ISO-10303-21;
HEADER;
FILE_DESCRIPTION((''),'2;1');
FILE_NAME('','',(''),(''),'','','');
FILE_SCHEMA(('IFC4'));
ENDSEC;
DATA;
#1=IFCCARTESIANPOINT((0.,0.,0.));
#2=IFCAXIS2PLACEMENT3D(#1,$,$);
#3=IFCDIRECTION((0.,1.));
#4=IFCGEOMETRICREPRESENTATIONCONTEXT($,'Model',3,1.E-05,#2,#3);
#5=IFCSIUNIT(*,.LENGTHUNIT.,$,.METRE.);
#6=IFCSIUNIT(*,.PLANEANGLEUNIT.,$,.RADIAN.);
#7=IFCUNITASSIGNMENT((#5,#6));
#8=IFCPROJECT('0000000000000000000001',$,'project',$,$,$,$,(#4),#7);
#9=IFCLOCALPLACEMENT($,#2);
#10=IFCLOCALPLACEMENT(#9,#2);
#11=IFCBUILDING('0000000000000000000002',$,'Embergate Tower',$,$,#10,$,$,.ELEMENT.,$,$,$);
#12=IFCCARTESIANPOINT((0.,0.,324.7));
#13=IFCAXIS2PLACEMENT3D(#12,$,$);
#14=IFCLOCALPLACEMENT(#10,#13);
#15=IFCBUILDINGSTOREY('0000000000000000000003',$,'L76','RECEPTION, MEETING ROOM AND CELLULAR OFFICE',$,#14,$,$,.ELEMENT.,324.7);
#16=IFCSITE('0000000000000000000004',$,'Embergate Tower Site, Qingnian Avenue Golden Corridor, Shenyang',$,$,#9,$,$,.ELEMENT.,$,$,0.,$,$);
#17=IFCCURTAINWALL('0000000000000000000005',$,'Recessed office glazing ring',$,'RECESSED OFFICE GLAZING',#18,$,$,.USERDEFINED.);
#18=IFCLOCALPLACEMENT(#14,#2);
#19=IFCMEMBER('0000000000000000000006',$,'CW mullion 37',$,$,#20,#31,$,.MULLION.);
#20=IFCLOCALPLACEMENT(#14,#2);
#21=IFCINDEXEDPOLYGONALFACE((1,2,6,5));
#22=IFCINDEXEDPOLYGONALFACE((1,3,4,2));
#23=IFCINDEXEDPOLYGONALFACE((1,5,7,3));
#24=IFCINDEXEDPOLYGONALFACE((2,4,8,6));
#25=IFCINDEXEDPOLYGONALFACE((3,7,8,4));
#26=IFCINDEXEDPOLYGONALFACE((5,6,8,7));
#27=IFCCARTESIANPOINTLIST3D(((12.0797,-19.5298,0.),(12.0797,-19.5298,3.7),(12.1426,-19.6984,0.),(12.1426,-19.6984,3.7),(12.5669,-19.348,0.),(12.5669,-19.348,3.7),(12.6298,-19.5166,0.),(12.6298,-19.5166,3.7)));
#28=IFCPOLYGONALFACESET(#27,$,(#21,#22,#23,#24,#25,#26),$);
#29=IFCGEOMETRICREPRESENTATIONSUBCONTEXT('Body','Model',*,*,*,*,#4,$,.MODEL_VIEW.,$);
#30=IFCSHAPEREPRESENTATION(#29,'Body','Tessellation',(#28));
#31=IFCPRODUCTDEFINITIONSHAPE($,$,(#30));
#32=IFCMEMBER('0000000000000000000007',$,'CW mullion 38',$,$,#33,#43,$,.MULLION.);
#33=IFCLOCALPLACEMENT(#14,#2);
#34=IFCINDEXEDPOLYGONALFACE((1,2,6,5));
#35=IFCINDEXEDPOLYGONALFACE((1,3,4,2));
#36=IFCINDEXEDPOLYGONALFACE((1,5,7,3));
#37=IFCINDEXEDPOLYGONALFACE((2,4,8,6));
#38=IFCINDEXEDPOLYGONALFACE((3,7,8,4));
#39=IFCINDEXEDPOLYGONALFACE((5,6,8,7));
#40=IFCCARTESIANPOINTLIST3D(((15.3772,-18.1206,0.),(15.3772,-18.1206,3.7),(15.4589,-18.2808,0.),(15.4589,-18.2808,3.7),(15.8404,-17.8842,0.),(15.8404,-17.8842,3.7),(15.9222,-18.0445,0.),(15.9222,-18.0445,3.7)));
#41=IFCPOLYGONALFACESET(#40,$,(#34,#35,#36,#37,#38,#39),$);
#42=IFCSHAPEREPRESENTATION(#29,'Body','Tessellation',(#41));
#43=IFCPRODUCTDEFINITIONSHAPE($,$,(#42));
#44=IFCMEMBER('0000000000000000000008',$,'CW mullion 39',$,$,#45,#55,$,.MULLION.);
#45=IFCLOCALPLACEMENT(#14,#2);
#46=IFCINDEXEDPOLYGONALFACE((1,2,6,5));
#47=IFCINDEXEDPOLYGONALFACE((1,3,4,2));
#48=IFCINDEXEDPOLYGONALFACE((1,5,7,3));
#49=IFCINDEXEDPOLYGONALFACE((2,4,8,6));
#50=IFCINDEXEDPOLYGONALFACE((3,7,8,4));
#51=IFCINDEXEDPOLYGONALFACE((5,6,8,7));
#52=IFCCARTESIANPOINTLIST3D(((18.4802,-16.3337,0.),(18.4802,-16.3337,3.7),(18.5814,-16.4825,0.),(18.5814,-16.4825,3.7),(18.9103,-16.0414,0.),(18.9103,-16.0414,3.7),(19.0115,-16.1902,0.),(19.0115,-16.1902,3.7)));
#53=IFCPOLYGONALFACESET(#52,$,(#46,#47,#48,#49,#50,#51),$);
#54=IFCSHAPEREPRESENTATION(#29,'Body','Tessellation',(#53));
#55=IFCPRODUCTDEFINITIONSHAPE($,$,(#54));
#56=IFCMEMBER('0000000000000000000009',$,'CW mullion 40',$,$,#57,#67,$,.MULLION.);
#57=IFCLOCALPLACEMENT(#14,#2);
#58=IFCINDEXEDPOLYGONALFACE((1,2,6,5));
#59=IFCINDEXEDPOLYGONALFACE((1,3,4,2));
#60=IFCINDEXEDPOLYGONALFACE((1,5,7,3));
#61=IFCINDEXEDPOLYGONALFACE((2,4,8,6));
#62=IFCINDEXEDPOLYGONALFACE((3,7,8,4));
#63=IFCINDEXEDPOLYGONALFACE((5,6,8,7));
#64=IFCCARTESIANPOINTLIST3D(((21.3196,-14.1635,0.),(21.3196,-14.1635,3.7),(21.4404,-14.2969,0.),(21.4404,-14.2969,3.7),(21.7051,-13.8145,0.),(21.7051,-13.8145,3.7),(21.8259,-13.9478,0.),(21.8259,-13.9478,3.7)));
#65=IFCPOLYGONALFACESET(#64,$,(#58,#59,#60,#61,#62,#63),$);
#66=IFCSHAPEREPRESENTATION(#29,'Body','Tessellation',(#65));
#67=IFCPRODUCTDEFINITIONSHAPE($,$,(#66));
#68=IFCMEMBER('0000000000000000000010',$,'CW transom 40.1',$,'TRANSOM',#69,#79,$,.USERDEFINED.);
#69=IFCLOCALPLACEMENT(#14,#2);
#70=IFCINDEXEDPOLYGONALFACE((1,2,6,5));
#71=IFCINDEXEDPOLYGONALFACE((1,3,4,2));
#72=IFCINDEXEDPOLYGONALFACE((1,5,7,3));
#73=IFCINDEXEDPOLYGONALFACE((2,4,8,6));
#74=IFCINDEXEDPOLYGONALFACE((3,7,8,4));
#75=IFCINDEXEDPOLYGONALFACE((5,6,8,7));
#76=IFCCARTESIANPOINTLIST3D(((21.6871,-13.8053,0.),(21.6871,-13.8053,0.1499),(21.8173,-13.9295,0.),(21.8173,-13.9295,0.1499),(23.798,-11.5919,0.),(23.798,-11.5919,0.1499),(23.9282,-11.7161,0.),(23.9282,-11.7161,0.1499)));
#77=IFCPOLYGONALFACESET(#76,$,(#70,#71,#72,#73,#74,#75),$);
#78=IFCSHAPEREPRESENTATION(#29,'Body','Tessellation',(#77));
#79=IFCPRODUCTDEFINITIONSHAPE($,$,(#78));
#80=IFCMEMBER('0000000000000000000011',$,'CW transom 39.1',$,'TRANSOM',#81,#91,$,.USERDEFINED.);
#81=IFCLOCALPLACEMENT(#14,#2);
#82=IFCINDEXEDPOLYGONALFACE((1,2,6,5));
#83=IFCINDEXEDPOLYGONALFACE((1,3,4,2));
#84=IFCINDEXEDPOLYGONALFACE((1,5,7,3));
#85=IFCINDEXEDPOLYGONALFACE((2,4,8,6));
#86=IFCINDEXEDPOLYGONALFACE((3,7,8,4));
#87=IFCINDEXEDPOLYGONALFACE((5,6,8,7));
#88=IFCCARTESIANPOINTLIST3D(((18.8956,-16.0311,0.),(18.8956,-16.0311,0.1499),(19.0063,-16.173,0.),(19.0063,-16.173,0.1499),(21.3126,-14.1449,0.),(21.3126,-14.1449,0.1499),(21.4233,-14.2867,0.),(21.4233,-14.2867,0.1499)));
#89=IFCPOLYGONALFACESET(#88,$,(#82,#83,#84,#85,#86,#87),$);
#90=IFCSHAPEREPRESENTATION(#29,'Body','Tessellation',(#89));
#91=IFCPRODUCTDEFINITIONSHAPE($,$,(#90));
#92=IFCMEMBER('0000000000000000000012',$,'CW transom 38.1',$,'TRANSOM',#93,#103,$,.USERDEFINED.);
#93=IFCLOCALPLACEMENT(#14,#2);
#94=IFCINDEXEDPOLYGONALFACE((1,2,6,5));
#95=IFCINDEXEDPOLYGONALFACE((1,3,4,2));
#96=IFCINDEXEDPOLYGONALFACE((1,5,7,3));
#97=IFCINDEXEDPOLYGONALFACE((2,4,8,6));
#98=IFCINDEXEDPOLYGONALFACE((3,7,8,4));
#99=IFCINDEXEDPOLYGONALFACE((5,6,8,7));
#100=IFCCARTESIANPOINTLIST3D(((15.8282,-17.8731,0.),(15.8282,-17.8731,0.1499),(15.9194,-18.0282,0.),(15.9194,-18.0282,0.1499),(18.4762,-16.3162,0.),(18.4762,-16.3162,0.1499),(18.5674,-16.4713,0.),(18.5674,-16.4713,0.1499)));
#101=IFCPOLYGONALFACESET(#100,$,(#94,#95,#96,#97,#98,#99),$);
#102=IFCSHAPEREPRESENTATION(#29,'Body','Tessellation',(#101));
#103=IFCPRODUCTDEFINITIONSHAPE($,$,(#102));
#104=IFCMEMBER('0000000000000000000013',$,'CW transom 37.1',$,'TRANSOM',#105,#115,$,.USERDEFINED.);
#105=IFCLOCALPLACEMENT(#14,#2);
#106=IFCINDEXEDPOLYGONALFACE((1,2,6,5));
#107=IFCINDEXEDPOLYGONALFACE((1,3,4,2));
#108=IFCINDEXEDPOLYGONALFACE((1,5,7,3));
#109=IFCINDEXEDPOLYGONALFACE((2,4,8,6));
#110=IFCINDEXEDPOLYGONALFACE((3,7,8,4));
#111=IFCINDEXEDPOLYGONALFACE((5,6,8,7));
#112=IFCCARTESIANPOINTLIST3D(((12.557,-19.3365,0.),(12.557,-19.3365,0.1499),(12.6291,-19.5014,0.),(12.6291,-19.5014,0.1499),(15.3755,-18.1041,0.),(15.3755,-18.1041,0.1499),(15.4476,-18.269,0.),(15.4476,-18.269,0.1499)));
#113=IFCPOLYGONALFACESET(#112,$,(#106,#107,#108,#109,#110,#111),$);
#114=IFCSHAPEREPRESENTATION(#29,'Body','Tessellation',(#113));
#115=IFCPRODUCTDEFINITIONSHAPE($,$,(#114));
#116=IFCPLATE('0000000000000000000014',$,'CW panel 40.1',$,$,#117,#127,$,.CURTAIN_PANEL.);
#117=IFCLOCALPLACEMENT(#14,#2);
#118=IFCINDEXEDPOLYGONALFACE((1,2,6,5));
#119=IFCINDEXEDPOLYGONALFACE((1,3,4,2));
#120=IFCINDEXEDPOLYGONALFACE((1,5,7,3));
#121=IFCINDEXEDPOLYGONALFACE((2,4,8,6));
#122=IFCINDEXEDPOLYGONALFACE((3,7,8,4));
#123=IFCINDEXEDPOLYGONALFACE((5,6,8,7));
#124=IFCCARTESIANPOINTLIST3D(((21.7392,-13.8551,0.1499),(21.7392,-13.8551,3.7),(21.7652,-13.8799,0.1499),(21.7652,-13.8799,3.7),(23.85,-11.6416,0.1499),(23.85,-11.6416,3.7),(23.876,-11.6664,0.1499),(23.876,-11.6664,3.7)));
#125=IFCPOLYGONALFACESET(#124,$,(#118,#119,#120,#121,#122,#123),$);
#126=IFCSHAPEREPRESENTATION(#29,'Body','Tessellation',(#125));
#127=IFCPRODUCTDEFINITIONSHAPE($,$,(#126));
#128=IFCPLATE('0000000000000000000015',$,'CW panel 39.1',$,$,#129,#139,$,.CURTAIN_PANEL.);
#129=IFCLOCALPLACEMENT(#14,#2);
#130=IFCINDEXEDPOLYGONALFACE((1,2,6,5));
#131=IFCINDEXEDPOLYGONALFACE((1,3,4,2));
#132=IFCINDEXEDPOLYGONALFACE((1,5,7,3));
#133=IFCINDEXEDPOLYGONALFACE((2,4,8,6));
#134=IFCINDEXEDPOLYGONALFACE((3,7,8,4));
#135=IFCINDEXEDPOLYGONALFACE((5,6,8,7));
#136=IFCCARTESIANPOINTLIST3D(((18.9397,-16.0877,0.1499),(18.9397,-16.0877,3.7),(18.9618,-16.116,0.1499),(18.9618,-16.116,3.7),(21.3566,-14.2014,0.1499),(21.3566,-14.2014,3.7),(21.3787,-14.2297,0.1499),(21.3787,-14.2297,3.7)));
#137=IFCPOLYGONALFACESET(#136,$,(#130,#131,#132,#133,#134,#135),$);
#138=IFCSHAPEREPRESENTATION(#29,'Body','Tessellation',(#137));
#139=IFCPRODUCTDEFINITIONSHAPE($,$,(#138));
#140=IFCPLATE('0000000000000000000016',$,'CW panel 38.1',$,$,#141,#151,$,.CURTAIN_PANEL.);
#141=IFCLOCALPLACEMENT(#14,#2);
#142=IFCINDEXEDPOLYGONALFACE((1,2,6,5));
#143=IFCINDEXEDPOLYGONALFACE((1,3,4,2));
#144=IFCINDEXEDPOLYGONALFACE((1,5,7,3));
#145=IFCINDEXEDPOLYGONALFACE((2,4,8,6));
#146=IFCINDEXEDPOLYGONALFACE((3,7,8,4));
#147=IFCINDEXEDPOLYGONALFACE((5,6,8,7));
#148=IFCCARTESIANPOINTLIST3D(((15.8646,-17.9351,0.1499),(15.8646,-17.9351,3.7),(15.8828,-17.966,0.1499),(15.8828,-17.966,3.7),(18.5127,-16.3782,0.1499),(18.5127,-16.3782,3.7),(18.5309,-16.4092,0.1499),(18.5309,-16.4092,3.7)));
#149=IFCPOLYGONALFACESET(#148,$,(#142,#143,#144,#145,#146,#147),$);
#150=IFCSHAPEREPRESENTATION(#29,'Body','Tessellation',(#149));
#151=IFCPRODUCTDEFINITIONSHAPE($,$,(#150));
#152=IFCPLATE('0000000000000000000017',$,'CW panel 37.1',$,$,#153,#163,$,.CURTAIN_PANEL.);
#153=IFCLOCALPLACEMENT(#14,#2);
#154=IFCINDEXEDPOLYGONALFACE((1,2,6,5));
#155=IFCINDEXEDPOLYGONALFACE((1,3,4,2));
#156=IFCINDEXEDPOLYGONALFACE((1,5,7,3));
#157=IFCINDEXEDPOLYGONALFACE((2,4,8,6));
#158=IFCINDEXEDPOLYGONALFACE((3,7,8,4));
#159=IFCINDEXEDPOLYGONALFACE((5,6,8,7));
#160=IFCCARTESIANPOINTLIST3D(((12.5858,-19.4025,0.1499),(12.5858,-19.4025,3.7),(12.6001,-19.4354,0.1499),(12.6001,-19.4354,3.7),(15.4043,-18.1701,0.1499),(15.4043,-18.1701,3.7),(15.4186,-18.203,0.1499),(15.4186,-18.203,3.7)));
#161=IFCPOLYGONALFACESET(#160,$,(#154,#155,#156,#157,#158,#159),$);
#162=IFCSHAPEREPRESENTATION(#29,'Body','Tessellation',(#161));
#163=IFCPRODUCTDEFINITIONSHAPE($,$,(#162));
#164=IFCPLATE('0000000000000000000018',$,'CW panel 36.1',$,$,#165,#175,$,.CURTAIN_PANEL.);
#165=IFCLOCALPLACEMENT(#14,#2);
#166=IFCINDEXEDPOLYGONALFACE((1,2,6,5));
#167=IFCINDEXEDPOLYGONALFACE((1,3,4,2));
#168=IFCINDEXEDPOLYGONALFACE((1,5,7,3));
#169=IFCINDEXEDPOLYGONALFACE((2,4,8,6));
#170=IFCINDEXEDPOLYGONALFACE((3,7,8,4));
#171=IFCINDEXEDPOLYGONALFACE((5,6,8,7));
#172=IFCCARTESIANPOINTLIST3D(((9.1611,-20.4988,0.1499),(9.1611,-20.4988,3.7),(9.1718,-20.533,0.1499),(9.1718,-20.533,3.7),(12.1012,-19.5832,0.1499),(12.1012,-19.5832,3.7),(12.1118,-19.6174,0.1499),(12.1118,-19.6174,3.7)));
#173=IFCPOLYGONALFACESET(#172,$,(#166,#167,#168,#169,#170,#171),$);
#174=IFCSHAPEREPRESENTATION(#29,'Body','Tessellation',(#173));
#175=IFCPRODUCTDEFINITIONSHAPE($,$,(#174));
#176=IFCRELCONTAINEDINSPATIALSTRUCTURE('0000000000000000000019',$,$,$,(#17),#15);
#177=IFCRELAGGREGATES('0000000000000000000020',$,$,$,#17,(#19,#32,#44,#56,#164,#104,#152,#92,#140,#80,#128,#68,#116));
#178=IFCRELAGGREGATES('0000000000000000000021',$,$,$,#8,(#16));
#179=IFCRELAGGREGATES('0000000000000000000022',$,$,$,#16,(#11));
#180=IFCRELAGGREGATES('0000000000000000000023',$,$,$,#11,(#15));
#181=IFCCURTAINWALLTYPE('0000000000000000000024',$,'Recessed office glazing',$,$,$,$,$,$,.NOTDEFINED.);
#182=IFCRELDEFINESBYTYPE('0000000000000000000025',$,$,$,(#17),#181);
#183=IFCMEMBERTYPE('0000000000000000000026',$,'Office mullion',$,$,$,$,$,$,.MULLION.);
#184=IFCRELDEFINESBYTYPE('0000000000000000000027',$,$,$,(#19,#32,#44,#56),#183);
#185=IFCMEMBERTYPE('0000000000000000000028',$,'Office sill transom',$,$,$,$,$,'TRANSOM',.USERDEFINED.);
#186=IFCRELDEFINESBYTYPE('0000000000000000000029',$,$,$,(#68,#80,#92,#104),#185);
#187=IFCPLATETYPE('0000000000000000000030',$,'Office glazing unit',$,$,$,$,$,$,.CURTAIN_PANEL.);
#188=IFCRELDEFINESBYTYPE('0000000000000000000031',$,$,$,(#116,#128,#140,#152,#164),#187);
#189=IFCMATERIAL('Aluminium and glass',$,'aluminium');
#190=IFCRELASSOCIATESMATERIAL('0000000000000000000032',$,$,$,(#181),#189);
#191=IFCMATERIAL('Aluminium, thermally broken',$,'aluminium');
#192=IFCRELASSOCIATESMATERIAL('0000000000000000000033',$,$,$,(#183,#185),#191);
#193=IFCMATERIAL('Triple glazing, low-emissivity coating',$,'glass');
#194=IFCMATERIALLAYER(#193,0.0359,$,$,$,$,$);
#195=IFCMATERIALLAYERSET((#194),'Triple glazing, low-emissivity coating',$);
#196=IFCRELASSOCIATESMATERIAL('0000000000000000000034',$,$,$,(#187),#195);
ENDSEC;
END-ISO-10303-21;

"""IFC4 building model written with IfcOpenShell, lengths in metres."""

from ifc_helpers import new_model, si_unit, direction, frame, origin, origin_2d, place, context, subcontext, project, spatial, rectangle, extrude, source, transform, mapped, material, layer, layer_set, material_profile, profile_set, type_object, element, aggregate, save


model = new_model("IFC4")

# Units and contexts
model_context = context("Model", 3, precision=1e-05, world=origin(), true_north=direction((0.0, 1.0)))
body_context = subcontext(model_context, "Body", "Model", "MODEL_VIEW")
ifc_project = project(units=[si_unit("LENGTHUNIT", "METRE"), si_unit("PLANEANGLEUNIT", "RADIAN")], contexts=[model_context])

# Site, building, storey
site_placement = place(None, origin())
site = spatial("IfcSite", under=ifc_project, at=site_placement, Name="Embergate Tower Site, Qingnian Avenue Golden Corridor, Shenyang", CompositionType="ELEMENT", RefElevation=0.0)
building_placement = place(site_placement, origin())
building = spatial("IfcBuilding", under=site, at=building_placement, Name="Embergate Tower", CompositionType="ELEMENT")
storey_placement = place(building_placement, frame((0.0, 0.0, 324.7)))
storey = spatial("IfcBuildingStorey", under=building, at=storey_placement, Name="L76", Description="RECEPTION, MEETING ROOM AND CELLULAR OFFICE", CompositionType="ELEMENT", Elevation=324.7)

# Curtain wall, members, plates
ifc_material_1 = material(Name="Aluminium and glass", Category="aluminium")
curtain_wall_type = type_object("IfcCurtainWallType", Name="Recessed office glazing", PredefinedType="NOTDEFINED", material=ifc_material_1)
curtain_wall_placement = place(storey_placement, origin())
curtain_wall = element("IfcCurtainWall", 1, at=curtain_wall_placement, inside=storey, type_object=curtain_wall_type, Name="Recessed office glazing ring", ObjectType="RECESSED OFFICE GLAZING", PredefinedType="USERDEFINED")
ifc_material_2 = material(Name="Aluminium, thermally broken", Category="aluminium")
ifc_material_profile_1 = material_profile(ifc_material_2, rectangle(XDim=0.1799, YDim=0.52, at=origin_2d()), Name="AL 520x180")
ifc_profile_set_1 = profile_set([ifc_material_profile_1], Name="Aluminium, thermally broken")
member_type_1 = type_object("IfcMemberType", Name="Office mullion", PredefinedType="MULLION", material=ifc_profile_set_1)
shared_shape_1 = source(origin(), body_context, "Body", "SweptSolid", [
    extrude(rectangle(XDim=0.1799, YDim=0.52, at=origin_2d()), origin(), (0.0, 0.0, 1.0), 3.7),
])
member_1_placement = place(storey_placement, frame((12.3547, -19.5232, 0.0), z_axis=(0.0, 0.0, 1.0), x_axis=(-0.349501, 0.936936, 0.0)))
member_1 = element("IfcMember", 2, at=member_1_placement, type_object=member_type_1, Name="CW mullion 37", PredefinedType="MULLION", context=body_context, shape_type="MappedRepresentation", body=[
    mapped(shared_shape_1, transform((0.0, 0.0, 0.0))),
])
member_2_placement = place(storey_placement, frame((15.6497, -18.0825, 0.0), z_axis=(0.0, 0.0, 1.0), x_axis=(-0.454508, 0.890743, 0.0)))
member_2 = element("IfcMember", 3, at=member_2_placement, type_object=member_type_1, Name="CW mullion 38", PredefinedType="MULLION", context=body_context, shape_type="MappedRepresentation", body=[
    mapped(shared_shape_1, transform((0.0, 0.0, 0.0))),
])
member_3_placement = place(storey_placement, frame((18.7458, -16.262, 0.0), z_axis=(0.0, 0.0, 1.0), x_axis=(-0.56221, 0.826994, 0.0)))
member_3 = element("IfcMember", 4, at=member_3_placement, type_object=member_type_1, Name="CW mullion 39", PredefinedType="MULLION", context=body_context, shape_type="MappedRepresentation", body=[
    mapped(shared_shape_1, transform((0.0, 0.0, 0.0))),
])
member_4_placement = place(storey_placement, frame((21.5728, -14.0557, 0.0), z_axis=(0.0, 0.0, 1.0), x_axis=(-0.671217, 0.74126, 0.0)))
member_4 = element("IfcMember", 5, at=member_4_placement, type_object=member_type_1, Name="CW mullion 40", PredefinedType="MULLION", context=body_context, shape_type="MappedRepresentation", body=[
    mapped(shared_shape_1, transform((0.0, 0.0, 0.0))),
])
ifc_material_profile_2 = material_profile(ifc_material_2, rectangle(XDim=0.1799, YDim=0.1499, at=origin_2d()), Name="AL 150x180")
ifc_profile_set_2 = profile_set([ifc_material_profile_2], Name="Aluminium, thermally broken")
member_type_2 = type_object("IfcMemberType", Name="Office sill transom", ElementType="TRANSOM", PredefinedType="USERDEFINED", material=ifc_profile_set_2)
shared_shape_2 = source(origin(), body_context, "Body", "SweptSolid", [
    extrude(rectangle(XDim=0.1799, YDim=0.1499, at=origin_2d()), origin(), (0.0, 0.0, 1.0), 3.0586),
])
member_5_placement = place(storey_placement, frame((21.7522, -13.8674, 0.075), z_axis=(0.690145, 0.723671, 0.0), x_axis=(-0.723671, 0.690145, 0.0)))
member_5 = element("IfcMember", 6, at=member_5_placement, type_object=member_type_2, Name="CW transom 40.1", ObjectType="TRANSOM", PredefinedType="USERDEFINED", context=body_context, shape_type="MappedRepresentation", body=[
    mapped(shared_shape_2, transform((0.0, 0.0, 0.0))),
])
shared_shape_3 = source(origin(), body_context, "Body", "SweptSolid", [
    extrude(rectangle(XDim=0.1799, YDim=0.1499, at=origin_2d()), origin(), (0.0, 0.0, 1.0), 3.0659),
])
member_6_placement = place(storey_placement, frame((18.9509, -16.1021, 0.075), z_axis=(0.788348, 0.61523, 0.0), x_axis=(-0.61523, 0.788348, 0.0)))
member_6 = element("IfcMember", 7, at=member_6_placement, type_object=member_type_2, Name="CW transom 39.1", ObjectType="TRANSOM", PredefinedType="USERDEFINED", context=body_context, shape_type="MappedRepresentation", body=[
    mapped(shared_shape_3, transform((0.0, 0.0, 0.0))),
])
shared_shape_4 = source(origin(), body_context, "Body", "SweptSolid", [
    extrude(rectangle(XDim=0.1799, YDim=0.1499, at=origin_2d()), origin(), (0.0, 0.0, 1.0), 3.0718),
])
member_7_placement = place(storey_placement, frame((15.8738, -17.9507, 0.075), z_axis=(0.862038, 0.506843, 0.0), x_axis=(-0.506843, 0.862038, 0.0)))
member_7 = element("IfcMember", 8, at=member_7_placement, type_object=member_type_2, Name="CW transom 38.1", ObjectType="TRANSOM", PredefinedType="USERDEFINED", context=body_context, shape_type="MappedRepresentation", body=[
    mapped(shared_shape_4, transform((0.0, 0.0, 0.0))),
])
shared_shape_5 = source(origin(), body_context, "Body", "SweptSolid", [
    extrude(rectangle(XDim=0.1799, YDim=0.1499, at=origin_2d()), origin(), (0.0, 0.0, 1.0), 3.0762),
])
member_8_placement = place(storey_placement, frame((12.593, -19.4189, 0.075), z_axis=(0.916243, 0.400623, 0.0), x_axis=(-0.400623, 0.916243, 0.0)))
member_8 = element("IfcMember", 9, at=member_8_placement, type_object=member_type_2, Name="CW transom 37.1", ObjectType="TRANSOM", PredefinedType="USERDEFINED", context=body_context, shape_type="MappedRepresentation", body=[
    mapped(shared_shape_5, transform((0.0, 0.0, 0.0))),
])
ifc_material_3 = material(Name="Triple glazing, low-emissivity coating", Category="glass")
ifc_layer_1 = layer(ifc_material_3, 0.0359)
ifc_layer_set_1 = layer_set([ifc_layer_1], Name="Triple glazing, low-emissivity coating")
plate_type = type_object("IfcPlateType", Name="Office glazing unit", PredefinedType="CURTAIN_PANEL", material=ifc_layer_set_1)
shared_shape_6 = source(origin(), body_context, "Body", "SweptSolid", [
    extrude(rectangle(XDim=3.0586, YDim=0.0359, at=origin_2d()), origin(), (0.0, 0.0, 1.0), 3.55),
])
plate_1_placement = place(storey_placement, frame((22.8076, -12.7607, 0.1499), z_axis=(0.0, 0.0, 1.0), x_axis=(0.690133, 0.723683, 0.0)))
plate_1 = element("IfcPlate", 10, at=plate_1_placement, type_object=plate_type, Name="CW panel 40.1", PredefinedType="CURTAIN_PANEL", context=body_context, shape_type="MappedRepresentation", body=[
    mapped(shared_shape_6, transform((0.0, 0.0, 0.0))),
])
shared_shape_7 = source(origin(), body_context, "Body", "SweptSolid", [
    extrude(rectangle(XDim=3.0659, YDim=0.0359, at=origin_2d()), origin(), (0.0, 0.0, 1.0), 3.55),
])
plate_2_placement = place(storey_placement, frame((20.1592, -15.1587, 0.1499), z_axis=(0.0, 0.0, 1.0), x_axis=(0.788318, 0.615268, 0.0)))
plate_2 = element("IfcPlate", 11, at=plate_2_placement, type_object=plate_type, Name="CW panel 39.1", PredefinedType="CURTAIN_PANEL", context=body_context, shape_type="MappedRepresentation", body=[
    mapped(shared_shape_7, transform((0.0, 0.0, 0.0))),
])
shared_shape_8 = source(origin(), body_context, "Body", "SweptSolid", [
    extrude(rectangle(XDim=3.0718, YDim=0.0359, at=origin_2d()), origin(), (0.0, 0.0, 1.0), 3.55),
])
plate_3_placement = place(storey_placement, frame((17.1978, -17.1721, 0.1499), z_axis=(0.0, 0.0, 1.0), x_axis=(0.862051, 0.506822, 0.0)))
plate_3 = element("IfcPlate", 12, at=plate_3_placement, type_object=plate_type, Name="CW panel 38.1", PredefinedType="CURTAIN_PANEL", context=body_context, shape_type="MappedRepresentation", body=[
    mapped(shared_shape_8, transform((0.0, 0.0, 0.0))),
])
shared_shape_9 = source(origin(), body_context, "Body", "SweptSolid", [
    extrude(rectangle(XDim=3.0762, YDim=0.0359, at=origin_2d()), origin(), (0.0, 0.0, 1.0), 3.55),
])
plate_4_placement = place(storey_placement, frame((14.0022, -18.8027, 0.1499), z_axis=(0.0, 0.0, 1.0), x_axis=(0.916234, 0.400643, 0.0)))
plate_4 = element("IfcPlate", 13, at=plate_4_placement, type_object=plate_type, Name="CW panel 37.1", PredefinedType="CURTAIN_PANEL", context=body_context, shape_type="MappedRepresentation", body=[
    mapped(shared_shape_9, transform((0.0, 0.0, 0.0))),
])
shared_shape_10 = source(origin(), body_context, "Body", "SweptSolid", [
    extrude(rectangle(XDim=3.0793, YDim=0.0359, at=origin_2d()), origin(), (0.0, 0.0, 1.0), 3.55),
])
plate_5_placement = place(storey_placement, frame((10.6365, -20.0581, 0.1499), z_axis=(0.0, 0.0, 1.0), x_axis=(0.954771, 0.297342, 0.0)))
plate_5 = element("IfcPlate", 14, at=plate_5_placement, type_object=plate_type, Name="CW panel 36.1", PredefinedType="CURTAIN_PANEL", context=body_context, shape_type="MappedRepresentation", body=[
    mapped(shared_shape_10, transform((0.0, 0.0, 0.0))),
])
aggregate(curtain_wall, [member_1, member_2, member_3, member_4, plate_5, member_8, plate_4, member_7, plate_3, member_6, plate_2, member_5, plate_1])

save(model, "model.ifc")
